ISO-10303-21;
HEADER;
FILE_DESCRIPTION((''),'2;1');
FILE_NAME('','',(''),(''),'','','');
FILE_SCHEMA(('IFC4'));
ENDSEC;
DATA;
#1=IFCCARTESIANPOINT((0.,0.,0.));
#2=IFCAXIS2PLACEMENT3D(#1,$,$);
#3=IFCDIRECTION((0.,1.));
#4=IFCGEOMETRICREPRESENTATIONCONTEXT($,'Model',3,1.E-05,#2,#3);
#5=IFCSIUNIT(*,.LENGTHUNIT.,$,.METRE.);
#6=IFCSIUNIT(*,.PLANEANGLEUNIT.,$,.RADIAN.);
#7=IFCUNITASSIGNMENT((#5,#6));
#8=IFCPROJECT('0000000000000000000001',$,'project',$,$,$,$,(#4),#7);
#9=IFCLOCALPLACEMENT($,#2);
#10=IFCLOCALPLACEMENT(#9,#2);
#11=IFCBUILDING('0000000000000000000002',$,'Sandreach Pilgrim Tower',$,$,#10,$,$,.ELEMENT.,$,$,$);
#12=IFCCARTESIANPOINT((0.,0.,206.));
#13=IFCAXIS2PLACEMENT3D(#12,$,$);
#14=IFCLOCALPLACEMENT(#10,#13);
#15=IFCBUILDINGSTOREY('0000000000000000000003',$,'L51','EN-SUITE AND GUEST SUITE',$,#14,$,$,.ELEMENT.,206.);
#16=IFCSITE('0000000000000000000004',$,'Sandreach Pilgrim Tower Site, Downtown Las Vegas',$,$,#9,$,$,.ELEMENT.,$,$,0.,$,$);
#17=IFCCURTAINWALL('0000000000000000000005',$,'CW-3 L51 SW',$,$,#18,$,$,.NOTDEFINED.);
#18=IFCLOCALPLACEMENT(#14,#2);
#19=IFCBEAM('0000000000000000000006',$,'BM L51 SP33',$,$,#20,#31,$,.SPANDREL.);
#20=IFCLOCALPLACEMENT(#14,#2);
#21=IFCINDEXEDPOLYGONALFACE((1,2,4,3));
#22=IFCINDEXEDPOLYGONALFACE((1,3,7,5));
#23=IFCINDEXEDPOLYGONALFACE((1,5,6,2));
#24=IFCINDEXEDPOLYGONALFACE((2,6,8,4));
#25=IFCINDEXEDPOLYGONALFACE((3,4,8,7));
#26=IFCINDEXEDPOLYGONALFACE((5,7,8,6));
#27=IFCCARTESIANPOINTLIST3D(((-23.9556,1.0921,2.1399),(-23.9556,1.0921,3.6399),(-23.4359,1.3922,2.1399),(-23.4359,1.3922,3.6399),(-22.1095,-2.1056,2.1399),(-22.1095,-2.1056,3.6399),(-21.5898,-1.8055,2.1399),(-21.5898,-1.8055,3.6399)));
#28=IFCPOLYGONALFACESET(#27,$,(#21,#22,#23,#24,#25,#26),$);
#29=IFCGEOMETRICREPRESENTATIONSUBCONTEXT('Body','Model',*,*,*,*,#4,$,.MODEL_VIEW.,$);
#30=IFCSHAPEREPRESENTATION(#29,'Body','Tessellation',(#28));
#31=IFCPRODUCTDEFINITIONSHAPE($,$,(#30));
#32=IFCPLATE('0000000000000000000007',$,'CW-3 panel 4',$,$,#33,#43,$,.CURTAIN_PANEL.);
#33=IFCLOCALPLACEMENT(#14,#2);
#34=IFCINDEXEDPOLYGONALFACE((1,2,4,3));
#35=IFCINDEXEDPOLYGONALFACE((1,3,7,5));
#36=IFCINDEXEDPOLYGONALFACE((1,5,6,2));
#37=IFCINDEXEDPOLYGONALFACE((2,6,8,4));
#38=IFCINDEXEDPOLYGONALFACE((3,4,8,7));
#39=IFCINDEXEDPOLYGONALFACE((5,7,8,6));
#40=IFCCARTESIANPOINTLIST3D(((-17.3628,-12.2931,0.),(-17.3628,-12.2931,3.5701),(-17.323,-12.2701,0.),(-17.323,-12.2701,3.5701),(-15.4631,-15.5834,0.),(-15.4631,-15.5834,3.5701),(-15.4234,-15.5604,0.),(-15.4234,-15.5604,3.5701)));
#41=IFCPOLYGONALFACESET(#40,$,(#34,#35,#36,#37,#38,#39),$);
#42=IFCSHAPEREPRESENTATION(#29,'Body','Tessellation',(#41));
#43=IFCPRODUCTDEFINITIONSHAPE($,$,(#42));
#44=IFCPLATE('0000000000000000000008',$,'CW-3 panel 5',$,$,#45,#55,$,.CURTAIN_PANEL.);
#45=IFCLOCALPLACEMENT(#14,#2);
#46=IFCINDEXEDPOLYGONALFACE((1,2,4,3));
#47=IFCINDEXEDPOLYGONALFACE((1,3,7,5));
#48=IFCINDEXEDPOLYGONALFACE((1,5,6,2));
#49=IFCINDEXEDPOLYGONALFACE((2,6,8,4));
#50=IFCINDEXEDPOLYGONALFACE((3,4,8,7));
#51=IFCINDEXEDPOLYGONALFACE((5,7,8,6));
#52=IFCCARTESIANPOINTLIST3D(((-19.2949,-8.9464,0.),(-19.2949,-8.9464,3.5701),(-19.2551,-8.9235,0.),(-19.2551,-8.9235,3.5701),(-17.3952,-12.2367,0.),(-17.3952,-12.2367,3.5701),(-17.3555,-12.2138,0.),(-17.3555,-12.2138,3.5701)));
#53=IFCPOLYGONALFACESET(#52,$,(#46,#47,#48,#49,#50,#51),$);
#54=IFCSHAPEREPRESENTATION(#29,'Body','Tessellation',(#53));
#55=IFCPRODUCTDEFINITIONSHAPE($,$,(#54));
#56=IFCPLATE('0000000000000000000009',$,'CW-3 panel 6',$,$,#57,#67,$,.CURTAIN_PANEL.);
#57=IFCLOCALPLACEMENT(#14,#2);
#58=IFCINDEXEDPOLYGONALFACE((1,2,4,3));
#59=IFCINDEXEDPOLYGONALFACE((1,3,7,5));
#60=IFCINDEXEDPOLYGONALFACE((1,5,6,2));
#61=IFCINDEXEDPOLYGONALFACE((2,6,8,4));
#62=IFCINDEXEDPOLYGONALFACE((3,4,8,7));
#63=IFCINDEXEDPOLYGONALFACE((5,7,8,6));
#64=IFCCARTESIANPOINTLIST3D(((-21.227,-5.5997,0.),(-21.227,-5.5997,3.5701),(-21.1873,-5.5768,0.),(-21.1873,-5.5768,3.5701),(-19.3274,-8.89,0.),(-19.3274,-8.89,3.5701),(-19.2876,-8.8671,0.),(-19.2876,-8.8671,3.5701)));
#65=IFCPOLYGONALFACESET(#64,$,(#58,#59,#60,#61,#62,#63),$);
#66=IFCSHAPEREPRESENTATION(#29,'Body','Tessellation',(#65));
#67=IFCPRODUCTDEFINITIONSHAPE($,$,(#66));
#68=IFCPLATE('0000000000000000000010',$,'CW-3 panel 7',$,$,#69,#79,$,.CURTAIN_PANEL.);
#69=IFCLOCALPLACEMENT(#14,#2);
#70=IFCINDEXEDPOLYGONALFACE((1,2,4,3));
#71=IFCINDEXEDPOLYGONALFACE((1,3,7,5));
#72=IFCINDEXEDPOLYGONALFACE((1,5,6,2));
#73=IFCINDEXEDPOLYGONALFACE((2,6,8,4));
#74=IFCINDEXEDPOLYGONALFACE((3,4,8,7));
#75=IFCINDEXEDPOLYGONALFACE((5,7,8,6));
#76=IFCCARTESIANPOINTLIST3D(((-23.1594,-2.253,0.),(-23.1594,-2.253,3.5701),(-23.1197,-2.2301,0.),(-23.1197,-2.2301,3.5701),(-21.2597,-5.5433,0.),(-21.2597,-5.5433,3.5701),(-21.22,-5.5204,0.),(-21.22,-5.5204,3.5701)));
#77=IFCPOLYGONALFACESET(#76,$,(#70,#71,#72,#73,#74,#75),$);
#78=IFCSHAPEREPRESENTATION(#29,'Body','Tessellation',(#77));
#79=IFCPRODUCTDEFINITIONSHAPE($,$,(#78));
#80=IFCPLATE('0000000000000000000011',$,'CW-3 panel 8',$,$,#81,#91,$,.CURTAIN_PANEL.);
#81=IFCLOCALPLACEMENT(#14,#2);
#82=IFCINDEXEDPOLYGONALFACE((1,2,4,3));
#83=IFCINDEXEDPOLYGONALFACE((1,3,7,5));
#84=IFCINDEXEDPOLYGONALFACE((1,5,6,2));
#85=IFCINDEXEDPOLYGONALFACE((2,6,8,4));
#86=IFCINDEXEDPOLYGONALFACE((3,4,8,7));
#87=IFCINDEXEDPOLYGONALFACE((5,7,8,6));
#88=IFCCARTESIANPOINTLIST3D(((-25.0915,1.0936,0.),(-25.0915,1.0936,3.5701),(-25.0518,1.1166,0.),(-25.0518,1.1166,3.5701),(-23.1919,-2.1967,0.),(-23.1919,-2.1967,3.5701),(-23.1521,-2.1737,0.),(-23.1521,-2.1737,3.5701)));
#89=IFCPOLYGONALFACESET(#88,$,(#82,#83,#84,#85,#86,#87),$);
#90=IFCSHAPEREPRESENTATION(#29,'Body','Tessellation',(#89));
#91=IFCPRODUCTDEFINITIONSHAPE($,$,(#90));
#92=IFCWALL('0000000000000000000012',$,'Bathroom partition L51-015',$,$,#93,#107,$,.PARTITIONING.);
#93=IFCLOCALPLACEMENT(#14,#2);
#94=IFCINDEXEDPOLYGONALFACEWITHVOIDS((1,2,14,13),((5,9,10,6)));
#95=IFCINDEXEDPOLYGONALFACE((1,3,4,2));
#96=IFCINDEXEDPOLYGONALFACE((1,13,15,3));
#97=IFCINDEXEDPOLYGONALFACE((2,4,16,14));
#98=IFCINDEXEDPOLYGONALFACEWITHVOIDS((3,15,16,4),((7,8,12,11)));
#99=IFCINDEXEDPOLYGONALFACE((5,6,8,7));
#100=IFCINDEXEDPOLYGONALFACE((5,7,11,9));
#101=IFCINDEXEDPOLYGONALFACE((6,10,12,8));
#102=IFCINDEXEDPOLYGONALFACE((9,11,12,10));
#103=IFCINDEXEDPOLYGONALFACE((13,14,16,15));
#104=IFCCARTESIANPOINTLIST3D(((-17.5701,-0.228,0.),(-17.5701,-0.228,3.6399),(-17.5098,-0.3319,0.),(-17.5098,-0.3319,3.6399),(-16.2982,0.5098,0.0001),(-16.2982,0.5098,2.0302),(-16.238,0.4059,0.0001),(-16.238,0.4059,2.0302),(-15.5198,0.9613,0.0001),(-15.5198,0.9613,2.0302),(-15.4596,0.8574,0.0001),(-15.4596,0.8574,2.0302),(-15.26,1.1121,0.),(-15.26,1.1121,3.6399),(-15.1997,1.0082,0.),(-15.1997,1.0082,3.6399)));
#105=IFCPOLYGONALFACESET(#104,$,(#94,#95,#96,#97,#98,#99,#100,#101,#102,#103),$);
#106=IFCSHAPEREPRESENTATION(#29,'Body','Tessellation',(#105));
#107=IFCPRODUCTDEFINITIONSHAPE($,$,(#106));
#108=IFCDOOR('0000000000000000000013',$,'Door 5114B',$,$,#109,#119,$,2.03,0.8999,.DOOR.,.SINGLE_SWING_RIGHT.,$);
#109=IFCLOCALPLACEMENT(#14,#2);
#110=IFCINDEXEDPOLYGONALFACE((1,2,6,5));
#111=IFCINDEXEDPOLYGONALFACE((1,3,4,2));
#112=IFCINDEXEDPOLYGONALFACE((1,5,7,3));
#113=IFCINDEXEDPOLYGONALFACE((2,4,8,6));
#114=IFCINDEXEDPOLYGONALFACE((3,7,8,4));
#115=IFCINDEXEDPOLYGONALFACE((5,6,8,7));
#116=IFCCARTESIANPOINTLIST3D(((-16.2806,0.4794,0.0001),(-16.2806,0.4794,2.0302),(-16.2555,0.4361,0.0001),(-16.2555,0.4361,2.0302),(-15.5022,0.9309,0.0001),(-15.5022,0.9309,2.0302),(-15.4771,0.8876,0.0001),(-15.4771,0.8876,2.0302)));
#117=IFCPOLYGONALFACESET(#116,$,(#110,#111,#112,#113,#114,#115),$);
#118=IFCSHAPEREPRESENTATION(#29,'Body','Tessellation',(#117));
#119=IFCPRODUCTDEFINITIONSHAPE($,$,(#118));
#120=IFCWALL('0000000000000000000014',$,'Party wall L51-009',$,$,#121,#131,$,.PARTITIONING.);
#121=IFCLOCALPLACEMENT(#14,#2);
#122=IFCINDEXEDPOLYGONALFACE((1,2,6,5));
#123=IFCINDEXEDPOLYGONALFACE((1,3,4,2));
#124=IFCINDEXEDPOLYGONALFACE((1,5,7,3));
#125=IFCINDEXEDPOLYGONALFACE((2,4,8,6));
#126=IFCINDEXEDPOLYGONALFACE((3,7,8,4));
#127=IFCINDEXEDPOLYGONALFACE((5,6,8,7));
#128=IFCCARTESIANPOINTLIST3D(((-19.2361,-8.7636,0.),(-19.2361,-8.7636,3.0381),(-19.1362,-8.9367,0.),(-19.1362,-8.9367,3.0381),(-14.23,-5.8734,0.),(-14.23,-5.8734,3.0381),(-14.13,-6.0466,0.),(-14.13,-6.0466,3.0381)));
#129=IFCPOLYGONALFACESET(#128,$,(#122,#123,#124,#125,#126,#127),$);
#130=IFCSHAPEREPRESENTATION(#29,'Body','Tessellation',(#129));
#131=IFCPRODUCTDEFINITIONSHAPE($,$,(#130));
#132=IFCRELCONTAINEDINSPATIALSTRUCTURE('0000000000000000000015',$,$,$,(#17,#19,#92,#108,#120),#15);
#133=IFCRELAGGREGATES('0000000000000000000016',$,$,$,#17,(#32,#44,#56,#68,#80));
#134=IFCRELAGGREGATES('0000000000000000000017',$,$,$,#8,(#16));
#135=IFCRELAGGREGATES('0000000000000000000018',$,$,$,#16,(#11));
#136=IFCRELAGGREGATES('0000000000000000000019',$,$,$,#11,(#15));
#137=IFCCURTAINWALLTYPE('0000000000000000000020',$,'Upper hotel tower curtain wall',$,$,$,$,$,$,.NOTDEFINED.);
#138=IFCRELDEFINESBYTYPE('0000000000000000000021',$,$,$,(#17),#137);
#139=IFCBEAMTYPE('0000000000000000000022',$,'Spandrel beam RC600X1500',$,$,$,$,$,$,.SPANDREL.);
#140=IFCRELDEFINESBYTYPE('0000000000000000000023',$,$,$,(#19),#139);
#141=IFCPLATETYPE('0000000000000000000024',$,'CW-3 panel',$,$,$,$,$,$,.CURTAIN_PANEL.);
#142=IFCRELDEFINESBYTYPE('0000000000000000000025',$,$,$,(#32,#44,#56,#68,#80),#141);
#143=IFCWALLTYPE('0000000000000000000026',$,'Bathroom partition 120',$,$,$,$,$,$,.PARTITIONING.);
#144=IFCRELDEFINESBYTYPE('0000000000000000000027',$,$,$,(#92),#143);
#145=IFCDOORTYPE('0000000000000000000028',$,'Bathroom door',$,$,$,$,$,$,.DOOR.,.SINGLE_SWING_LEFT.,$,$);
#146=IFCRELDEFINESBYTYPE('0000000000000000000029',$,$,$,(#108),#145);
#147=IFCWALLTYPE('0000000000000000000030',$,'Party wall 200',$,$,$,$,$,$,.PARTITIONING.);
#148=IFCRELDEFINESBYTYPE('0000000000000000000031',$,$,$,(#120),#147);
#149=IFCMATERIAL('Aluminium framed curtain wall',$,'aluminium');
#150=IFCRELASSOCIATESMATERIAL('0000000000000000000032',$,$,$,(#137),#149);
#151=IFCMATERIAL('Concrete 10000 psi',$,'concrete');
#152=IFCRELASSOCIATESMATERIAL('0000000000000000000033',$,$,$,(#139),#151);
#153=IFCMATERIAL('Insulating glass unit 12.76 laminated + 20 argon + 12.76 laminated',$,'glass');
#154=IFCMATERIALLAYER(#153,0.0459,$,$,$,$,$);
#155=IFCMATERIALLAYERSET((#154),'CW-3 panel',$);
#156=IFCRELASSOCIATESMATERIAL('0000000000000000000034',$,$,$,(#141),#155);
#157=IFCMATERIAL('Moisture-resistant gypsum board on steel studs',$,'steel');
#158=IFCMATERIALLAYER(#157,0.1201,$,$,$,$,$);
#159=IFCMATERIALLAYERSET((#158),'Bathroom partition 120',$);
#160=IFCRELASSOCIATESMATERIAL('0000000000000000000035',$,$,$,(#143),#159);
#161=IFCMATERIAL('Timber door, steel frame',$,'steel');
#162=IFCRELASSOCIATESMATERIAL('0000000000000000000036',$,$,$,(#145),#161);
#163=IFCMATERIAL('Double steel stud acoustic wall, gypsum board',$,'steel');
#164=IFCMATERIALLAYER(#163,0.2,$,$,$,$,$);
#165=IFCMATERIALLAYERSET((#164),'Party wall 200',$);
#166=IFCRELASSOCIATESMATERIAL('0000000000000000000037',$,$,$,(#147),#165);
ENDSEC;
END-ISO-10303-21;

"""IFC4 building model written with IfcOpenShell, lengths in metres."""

from ifc_helpers import new_model, si_unit, direction, frame, frame_2d, origin, origin_2d, place, context, subcontext, project, spatial, rectangle, extrude, material, layer, layer_set, material_profile, profile_set, type_object, element, fill, aggregate, save


model = new_model("IFC4")

# Units and contexts
model_context = context("Model", 3, precision=1e-05, world=origin(), true_north=direction((0.0, 1.0)))
body_context = subcontext(model_context, "Body", "Model", "MODEL_VIEW")
ifc_project = project(units=[si_unit("LENGTHUNIT", "METRE"), si_unit("PLANEANGLEUNIT", "RADIAN")], contexts=[model_context])

# Site, building, storey
site_placement = place(None, origin())
site = spatial("IfcSite", under=ifc_project, at=site_placement, Name="Sandreach Pilgrim Tower Site, Downtown Las Vegas", CompositionType="ELEMENT", RefElevation=0.0)
building_placement = place(site_placement, origin())
building = spatial("IfcBuilding", under=site, at=building_placement, Name="Sandreach Pilgrim Tower", CompositionType="ELEMENT")
storey_placement = place(building_placement, frame((0.0, 0.0, 206.0)))
storey = spatial("IfcBuildingStorey", under=building, at=storey_placement, Name="L51", Description="EN-SUITE AND GUEST SUITE", CompositionType="ELEMENT", Elevation=206.0)

# Curtain wall
ifc_material_1 = material(Name="Aluminium framed curtain wall", Category="aluminium")
curtain_wall_type = type_object("IfcCurtainWallType", Name="Upper hotel tower curtain wall", PredefinedType="NOTDEFINED", material=ifc_material_1)
curtain_wall_placement = place(storey_placement, origin())
curtain_wall = element("IfcCurtainWall", 1, at=curtain_wall_placement, inside=storey, type_object=curtain_wall_type, Name="CW-3 L51 SW", PredefinedType="NOTDEFINED")

# Beam
ifc_material_2 = material(Name="Concrete 10000 psi", Category="concrete")
ifc_material_profile_1 = material_profile(ifc_material_2, rectangle(XDim=0.6001, YDim=1.5, at=origin_2d()), Name="RC600X1500")
ifc_profile_set_1 = profile_set([ifc_material_profile_1], Name="Concrete 10000 psi")
beam_type_1 = type_object("IfcBeamType", Name="Spandrel beam RC600X1500", PredefinedType="SPANDREL", material=ifc_profile_set_1)
for number, where, z_axis, x_axis, name in (
    (2, (-21.8496, -1.9556, 2.8899), (-0.499993, 0.866029, 0.0), (-0.866029, -0.499993, 0.0), "BM L51 SP33"),
):
    element("IfcBeam", number, at=place(storey_placement, frame(where, z_axis=z_axis, x_axis=x_axis)), inside=storey, type_object=beam_type_1, Name=name, PredefinedType="SPANDREL", context=body_context, shape_type="SweptSolid", body=[
        extrude(rectangle(XDim=0.6001, YDim=1.5, at=origin_2d()), origin(), (0.0, 0.0, 1.0), 3.6924),
    ])

# Plates
ifc_material_3 = material(Name="Insulating glass unit 12.76 laminated + 20 argon + 12.76 laminated", Category="glass")
ifc_layer_1 = layer(ifc_material_3, 0.0459)
ifc_layer_set_1 = layer_set([ifc_layer_1], Name="CW-3 panel")
plate_type = type_object("IfcPlateType", Name="CW-3 panel", PredefinedType="CURTAIN_PANEL", material=ifc_layer_set_1)
plate_1_placement = place(storey_placement, frame((-16.3931, -13.9268, 0.0), z_axis=(0.0, 0.0, 1.0), x_axis=(-0.5, 0.866025, 0.0)))
plate_1 = element("IfcPlate", 3, at=plate_1_placement, type_object=plate_type, Name="CW-3 panel 4", PredefinedType="CURTAIN_PANEL", context=body_context, shape_type="SweptSolid", body=[
    extrude(rectangle(XDim=3.7993, YDim=0.0459, at=origin_2d()), origin(), (0.0, 0.0, 1.0), 3.5701),
])
plate_2_placement = place(storey_placement, frame((-18.3252, -10.5801, 0.0), z_axis=(0.0, 0.0, 1.0), x_axis=(-0.5, 0.866025, 0.0)))
plate_2 = element("IfcPlate", 4, at=plate_2_placement, type_object=plate_type, Name="CW-3 panel 5", PredefinedType="CURTAIN_PANEL", context=body_context, shape_type="SweptSolid", body=[
    extrude(rectangle(XDim=3.7993, YDim=0.0459, at=origin_2d()), origin(), (0.0, 0.0, 1.0), 3.5701),
])
plate_3_placement = place(storey_placement, frame((-20.2573, -7.2334, 0.0), z_axis=(0.0, 0.0, 1.0), x_axis=(-0.5, 0.866025, 0.0)))
plate_3 = element("IfcPlate", 5, at=plate_3_placement, type_object=plate_type, Name="CW-3 panel 6", PredefinedType="CURTAIN_PANEL", context=body_context, shape_type="SweptSolid", body=[
    extrude(rectangle(XDim=3.7993, YDim=0.0459, at=origin_2d()), origin(), (0.0, 0.0, 1.0), 3.5701),
])
plate_4_placement = place(storey_placement, frame((-22.1897, -3.8867, 0.0), z_axis=(0.0, 0.0, 1.0), x_axis=(-0.5, 0.866025, 0.0)))
plate_4 = element("IfcPlate", 6, at=plate_4_placement, type_object=plate_type, Name="CW-3 panel 7", PredefinedType="CURTAIN_PANEL", context=body_context, shape_type="SweptSolid", body=[
    extrude(rectangle(XDim=3.7993, YDim=0.0459, at=origin_2d()), origin(), (0.0, 0.0, 1.0), 3.5701),
])
plate_5_placement = place(storey_placement, frame((-24.1218, -0.54, 0.0), z_axis=(0.0, 0.0, 1.0), x_axis=(-0.5, 0.866025, 0.0)))
plate_5 = element("IfcPlate", 7, at=plate_5_placement, type_object=plate_type, Name="CW-3 panel 8", PredefinedType="CURTAIN_PANEL", context=body_context, shape_type="SweptSolid", body=[
    extrude(rectangle(XDim=3.7993, YDim=0.0459, at=origin_2d()), origin(), (0.0, 0.0, 1.0), 3.5701),
])
aggregate(curtain_wall, [plate_1, plate_2, plate_3, plate_4, plate_5])

# Wall, opening, door
ifc_material_4 = material(Name="Moisture-resistant gypsum board on steel studs", Category="steel")
ifc_layer_2 = layer(ifc_material_4, 0.1201)
ifc_layer_set_2 = layer_set([ifc_layer_2], Name="Bathroom partition 120")
wall_type_1 = type_object("IfcWallType", Name="Bathroom partition 120", PredefinedType="PARTITIONING", material=ifc_layer_set_2)
wall_1_placement = place(storey_placement, frame((-17.54, -0.28, 0.0), z_axis=(0.0, 0.0, 1.0), x_axis=(0.86499, 0.501789, 0.0)))
wall_1 = element("IfcWall", 8, at=wall_1_placement, inside=storey, type_object=wall_type_1, Name="Bathroom partition L51-015", PredefinedType="PARTITIONING", context=body_context, shape_type="SweptSolid", body=[
    extrude(rectangle(XDim=2.6707, YDim=0.1201, at=frame_2d((1.3354, 0.0))), origin(), (0.0, 0.0, 1.0), 3.6399),
])
opening_placement = place(wall_1_placement, frame((1.4705, 0.0, 0.0)))
opening = element("IfcOpeningElement", 9, at=opening_placement, cuts=wall_1, PredefinedType="OPENING", context=body_context, shape_type="SweptSolid", body=[
    extrude(rectangle(XDim=0.8999, YDim=2.03, at=frame_2d((0.45, 1.0151))), frame((0.0, 0.0601, 0.0), z_axis=(0.0, -1.0, 0.0), x_axis=(1.0, 0.0, 0.0)), (0.0, 0.0, 1.0), 0.1201),
])
ifc_material_5 = material(Name="Timber door, steel frame", Category="steel")
door_type = type_object("IfcDoorType", Name="Bathroom door", OperationType="SINGLE_SWING_LEFT", PredefinedType="DOOR", material=ifc_material_5)
door_placement = place(opening_placement, origin())
door = element("IfcDoor", 10, at=door_placement, inside=storey, type_object=door_type, Name="Door 5114B", OperationType="SINGLE_SWING_RIGHT", OverallHeight=2.03, OverallWidth=0.8999, PredefinedType="DOOR", context=body_context, shape_type="SweptSolid", body=[
    extrude(rectangle(XDim=0.8999, YDim=2.03, at=frame_2d((0.45, 1.0151))), frame((0.0, 0.0249, 0.0), z_axis=(0.0, -1.0, 0.0), x_axis=(1.0, 0.0, 0.0)), (0.0, 0.0, 1.0), 0.05),
])
fill(opening, door)

# Wall
ifc_material_6 = material(Name="Double steel stud acoustic wall, gypsum board", Category="steel")
ifc_layer_3 = layer(ifc_material_6, 0.2)
ifc_layer_set_3 = layer_set([ifc_layer_3], Name="Party wall 200")
wall_type_2 = type_object("IfcWallType", Name="Party wall 200", PredefinedType="PARTITIONING", material=ifc_layer_set_3)
wall_2_placement = place(storey_placement, frame((-19.186, -8.8501, 0.0), z_axis=(0.0, 0.0, 1.0), x_axis=(0.866036, 0.499982, 0.0)))
element("IfcWall", 11, at=wall_2_placement, inside=storey, type_object=wall_type_2, Name="Party wall L51-009", PredefinedType="PARTITIONING", context=body_context, shape_type="SweptSolid", body=[
    extrude(rectangle(XDim=5.7805, YDim=0.2, at=frame_2d((2.8901, 0.0))), origin(), (0.0, 0.0, 1.0), 3.0381),
])

save(model, "model.ifc")
